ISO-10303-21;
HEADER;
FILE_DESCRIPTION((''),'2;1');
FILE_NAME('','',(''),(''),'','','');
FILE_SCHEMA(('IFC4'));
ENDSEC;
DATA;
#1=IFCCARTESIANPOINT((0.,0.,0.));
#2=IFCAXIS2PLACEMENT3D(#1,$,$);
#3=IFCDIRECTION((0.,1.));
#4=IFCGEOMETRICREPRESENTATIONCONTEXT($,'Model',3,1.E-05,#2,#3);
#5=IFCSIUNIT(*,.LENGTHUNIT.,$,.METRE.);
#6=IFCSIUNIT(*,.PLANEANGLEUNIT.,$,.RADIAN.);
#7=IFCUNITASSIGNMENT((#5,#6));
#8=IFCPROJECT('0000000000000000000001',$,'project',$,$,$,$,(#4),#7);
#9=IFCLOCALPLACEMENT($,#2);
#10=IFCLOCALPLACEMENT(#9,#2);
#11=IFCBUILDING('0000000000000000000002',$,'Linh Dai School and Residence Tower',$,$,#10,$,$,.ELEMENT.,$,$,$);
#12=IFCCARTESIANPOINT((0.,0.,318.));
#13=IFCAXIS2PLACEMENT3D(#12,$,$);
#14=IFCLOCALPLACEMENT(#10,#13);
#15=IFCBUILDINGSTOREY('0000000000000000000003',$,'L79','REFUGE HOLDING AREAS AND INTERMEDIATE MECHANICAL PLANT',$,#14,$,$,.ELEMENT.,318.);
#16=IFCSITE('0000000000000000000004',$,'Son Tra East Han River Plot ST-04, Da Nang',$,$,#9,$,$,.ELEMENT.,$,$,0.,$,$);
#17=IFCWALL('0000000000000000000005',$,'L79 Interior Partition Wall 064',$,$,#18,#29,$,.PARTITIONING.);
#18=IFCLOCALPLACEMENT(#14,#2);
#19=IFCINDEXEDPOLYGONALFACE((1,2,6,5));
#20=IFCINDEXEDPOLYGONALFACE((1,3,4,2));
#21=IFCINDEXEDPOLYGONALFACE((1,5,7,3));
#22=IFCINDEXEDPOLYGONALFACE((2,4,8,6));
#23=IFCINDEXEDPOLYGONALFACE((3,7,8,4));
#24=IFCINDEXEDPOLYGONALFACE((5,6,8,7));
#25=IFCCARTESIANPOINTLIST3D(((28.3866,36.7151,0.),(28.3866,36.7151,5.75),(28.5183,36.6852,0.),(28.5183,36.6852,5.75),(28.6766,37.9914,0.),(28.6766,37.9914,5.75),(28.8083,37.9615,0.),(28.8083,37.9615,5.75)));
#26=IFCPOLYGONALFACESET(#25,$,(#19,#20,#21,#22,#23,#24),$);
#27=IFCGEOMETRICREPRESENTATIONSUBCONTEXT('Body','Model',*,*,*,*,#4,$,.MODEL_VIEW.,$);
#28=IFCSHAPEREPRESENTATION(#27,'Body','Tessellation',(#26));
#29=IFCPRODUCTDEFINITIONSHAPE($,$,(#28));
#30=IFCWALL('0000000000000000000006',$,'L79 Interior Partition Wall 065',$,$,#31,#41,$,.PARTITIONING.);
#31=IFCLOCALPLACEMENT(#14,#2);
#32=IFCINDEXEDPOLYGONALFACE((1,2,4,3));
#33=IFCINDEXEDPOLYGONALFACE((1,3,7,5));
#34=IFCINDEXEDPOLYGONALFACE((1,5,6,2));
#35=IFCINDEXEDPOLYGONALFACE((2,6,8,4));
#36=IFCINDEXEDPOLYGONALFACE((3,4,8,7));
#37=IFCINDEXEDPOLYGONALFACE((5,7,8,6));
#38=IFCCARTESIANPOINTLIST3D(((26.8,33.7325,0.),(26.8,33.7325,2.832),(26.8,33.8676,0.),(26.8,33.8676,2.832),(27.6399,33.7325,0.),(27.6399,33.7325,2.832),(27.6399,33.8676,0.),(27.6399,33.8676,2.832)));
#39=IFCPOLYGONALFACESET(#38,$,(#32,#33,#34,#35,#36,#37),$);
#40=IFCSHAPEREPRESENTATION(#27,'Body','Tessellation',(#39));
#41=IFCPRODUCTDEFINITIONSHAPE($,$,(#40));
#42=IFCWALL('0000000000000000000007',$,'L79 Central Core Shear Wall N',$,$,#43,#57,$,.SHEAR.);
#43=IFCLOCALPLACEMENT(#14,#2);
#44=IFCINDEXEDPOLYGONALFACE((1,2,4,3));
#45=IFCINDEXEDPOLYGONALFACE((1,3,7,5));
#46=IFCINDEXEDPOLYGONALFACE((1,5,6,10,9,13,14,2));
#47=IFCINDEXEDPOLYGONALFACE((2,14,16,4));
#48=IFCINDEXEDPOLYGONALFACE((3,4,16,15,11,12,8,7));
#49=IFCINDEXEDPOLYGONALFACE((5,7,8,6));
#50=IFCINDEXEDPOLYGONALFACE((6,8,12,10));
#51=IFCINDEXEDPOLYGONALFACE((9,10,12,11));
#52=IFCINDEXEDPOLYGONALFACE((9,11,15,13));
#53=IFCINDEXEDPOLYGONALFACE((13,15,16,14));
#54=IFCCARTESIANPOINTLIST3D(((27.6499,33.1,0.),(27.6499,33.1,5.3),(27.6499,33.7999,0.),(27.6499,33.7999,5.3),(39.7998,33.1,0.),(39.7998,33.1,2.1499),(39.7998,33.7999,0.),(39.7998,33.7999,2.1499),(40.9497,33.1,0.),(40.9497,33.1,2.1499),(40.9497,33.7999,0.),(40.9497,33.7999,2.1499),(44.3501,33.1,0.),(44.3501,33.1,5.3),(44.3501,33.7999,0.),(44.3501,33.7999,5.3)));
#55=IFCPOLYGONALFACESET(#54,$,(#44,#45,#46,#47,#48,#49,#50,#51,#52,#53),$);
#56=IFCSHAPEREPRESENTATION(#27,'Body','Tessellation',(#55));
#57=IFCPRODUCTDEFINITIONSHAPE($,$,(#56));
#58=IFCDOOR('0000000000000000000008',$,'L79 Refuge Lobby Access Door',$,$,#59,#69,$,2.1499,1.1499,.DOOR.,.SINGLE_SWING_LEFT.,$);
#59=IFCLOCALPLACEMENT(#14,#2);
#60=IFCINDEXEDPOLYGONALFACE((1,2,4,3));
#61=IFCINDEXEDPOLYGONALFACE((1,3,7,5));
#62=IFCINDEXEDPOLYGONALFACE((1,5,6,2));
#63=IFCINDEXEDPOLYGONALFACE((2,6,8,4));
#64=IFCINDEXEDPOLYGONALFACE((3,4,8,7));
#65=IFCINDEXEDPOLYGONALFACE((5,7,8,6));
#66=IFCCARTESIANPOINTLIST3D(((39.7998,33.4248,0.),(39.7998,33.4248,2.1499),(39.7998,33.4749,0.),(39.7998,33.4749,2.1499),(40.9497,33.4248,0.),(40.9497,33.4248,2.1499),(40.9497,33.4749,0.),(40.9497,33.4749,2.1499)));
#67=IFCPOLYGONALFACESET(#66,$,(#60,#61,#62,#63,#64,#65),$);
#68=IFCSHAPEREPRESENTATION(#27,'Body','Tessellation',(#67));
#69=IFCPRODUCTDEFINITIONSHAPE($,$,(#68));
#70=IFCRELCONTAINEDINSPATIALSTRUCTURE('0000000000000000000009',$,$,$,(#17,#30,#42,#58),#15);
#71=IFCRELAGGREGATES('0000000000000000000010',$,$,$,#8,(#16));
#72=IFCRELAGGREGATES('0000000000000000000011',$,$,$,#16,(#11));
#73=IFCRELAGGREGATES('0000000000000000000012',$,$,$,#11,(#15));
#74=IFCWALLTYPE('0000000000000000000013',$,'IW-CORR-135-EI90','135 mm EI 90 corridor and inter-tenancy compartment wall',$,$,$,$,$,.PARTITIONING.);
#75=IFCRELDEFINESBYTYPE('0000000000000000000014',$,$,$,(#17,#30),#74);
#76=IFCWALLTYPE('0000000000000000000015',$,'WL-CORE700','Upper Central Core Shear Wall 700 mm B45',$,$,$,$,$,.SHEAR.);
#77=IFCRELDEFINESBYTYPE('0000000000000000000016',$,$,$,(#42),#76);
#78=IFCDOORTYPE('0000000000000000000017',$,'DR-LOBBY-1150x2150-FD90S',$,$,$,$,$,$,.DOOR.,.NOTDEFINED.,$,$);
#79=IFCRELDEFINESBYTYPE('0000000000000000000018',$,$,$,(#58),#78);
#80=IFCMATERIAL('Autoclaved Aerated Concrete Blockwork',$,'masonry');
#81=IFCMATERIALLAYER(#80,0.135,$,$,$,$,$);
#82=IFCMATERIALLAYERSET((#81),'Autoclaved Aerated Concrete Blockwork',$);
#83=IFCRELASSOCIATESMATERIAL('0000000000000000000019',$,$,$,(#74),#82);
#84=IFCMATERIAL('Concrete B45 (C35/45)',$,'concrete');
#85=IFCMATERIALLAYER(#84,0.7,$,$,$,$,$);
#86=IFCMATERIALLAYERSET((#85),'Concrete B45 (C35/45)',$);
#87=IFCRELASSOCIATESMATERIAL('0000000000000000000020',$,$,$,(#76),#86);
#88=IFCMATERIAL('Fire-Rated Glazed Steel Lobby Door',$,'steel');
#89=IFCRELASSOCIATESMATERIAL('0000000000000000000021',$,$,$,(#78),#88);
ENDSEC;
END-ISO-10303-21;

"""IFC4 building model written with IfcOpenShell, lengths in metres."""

from ifc_helpers import new_model, si_unit, direction, frame, frame_2d, origin, origin_2d, place, context, subcontext, project, spatial, rectangle, extrude, source, transform, mapped, material, layer, layer_set, type_object, element, fill, save


model = new_model("IFC4")

# Units and contexts
model_context = context("Model", 3, precision=1e-05, world=origin(), true_north=direction((0.0, 1.0)))
body_context = subcontext(model_context, "Body", "Model", "MODEL_VIEW")
ifc_project = project(units=[si_unit("LENGTHUNIT", "METRE"), si_unit("PLANEANGLEUNIT", "RADIAN")], contexts=[model_context])

# Site, building, storey
site_placement = place(None, origin())
site = spatial("IfcSite", under=ifc_project, at=site_placement, Name="Son Tra East Han River Plot ST-04, Da Nang", CompositionType="ELEMENT", RefElevation=0.0)
building_placement = place(site_placement, origin())
building = spatial("IfcBuilding", under=site, at=building_placement, Name="Linh Dai School and Residence Tower", CompositionType="ELEMENT")
storey_placement = place(building_placement, frame((0.0, 0.0, 318.0)))
storey = spatial("IfcBuildingStorey", under=building, at=storey_placement, Name="L79", Description="REFUGE HOLDING AREAS AND INTERMEDIATE MECHANICAL PLANT", CompositionType="ELEMENT", Elevation=318.0)

# Walls
ifc_material_1 = material(Name="Autoclaved Aerated Concrete Blockwork", Category="masonry")
ifc_layer_1 = layer(ifc_material_1, 0.135)
ifc_layer_set_1 = layer_set([ifc_layer_1], Name="Autoclaved Aerated Concrete Blockwork")
wall_type_1 = type_object("IfcWallType", Name="IW-CORR-135-EI90", Description="135 mm EI 90 corridor and inter-tenancy compartment wall", PredefinedType="PARTITIONING", material=ifc_layer_set_1)
wall_1_placement = place(storey_placement, frame((28.7424, 37.9763, 0.0), z_axis=(0.0, 0.0, 1.0), x_axis=(-0.221589, -0.97514, 0.0)))
element("IfcWall", 1, at=wall_1_placement, inside=storey, type_object=wall_type_1, Name="L79 Interior Partition Wall 064", PredefinedType="PARTITIONING", context=body_context, shape_type="SweptSolid", body=[
    extrude(rectangle(XDim=1.3088, YDim=0.135, at=frame_2d((0.6543, 0.0))), origin(), (0.0, 0.0, 1.0), 5.75),
])
wall_2_placement = place(storey_placement, frame((27.6399, 33.8, 0.0), z_axis=(0.0, 0.0, 1.0), x_axis=(-1.0, 0.0, 0.0)))
element("IfcWall", 2, at=wall_2_placement, inside=storey, type_object=wall_type_1, Name="L79 Interior Partition Wall 065", PredefinedType="PARTITIONING", context=body_context, shape_type="SweptSolid", body=[
    extrude(rectangle(XDim=0.8398, YDim=0.135, at=frame_2d((0.4199, 0.0))), origin(), (0.0, 0.0, 1.0), 2.832),
])

# Wall, opening, door
ifc_material_2 = material(Name="Concrete B45 (C35/45)", Category="concrete")
ifc_layer_2 = layer(ifc_material_2, 0.7)
ifc_layer_set_2 = layer_set([ifc_layer_2], Name="Concrete B45 (C35/45)")
wall_type_2 = type_object("IfcWallType", Name="WL-CORE700", Description="Upper Central Core Shear Wall 700 mm B45", PredefinedType="SHEAR", material=ifc_layer_set_2)
wall_3_placement = place(storey_placement, frame((27.6499, 33.45, 0.0), z_axis=(0.0, 0.0, 1.0), x_axis=(1.0, 0.0, 0.0)))
wall_3 = element("IfcWall", 3, at=wall_3_placement, inside=storey, type_object=wall_type_2, Name="L79 Central Core Shear Wall N", PredefinedType="SHEAR", context=body_context, shape_type="SweptSolid", body=[
    extrude(rectangle(XDim=16.7002, YDim=0.7, at=frame_2d((8.3501, 0.0))), origin(), (0.0, 0.0, 1.0), 5.3),
])
opening_1_placement = place(wall_3_placement, frame((12.1499, 0.0, 0.0)))
opening_1 = element("IfcOpeningElement", 4, at=opening_1_placement, cuts=wall_3, PredefinedType="OPENING", context=body_context, shape_type="SweptSolid", body=[
    extrude(rectangle(XDim=1.1499, YDim=2.1499, at=origin_2d()), frame((0.575, 0.3599, 1.075), z_axis=(0.0, -1.0, 0.0), x_axis=(1.0, 0.0, 0.0)), (0.0, 0.0, 1.0), 0.72),
])
ifc_material_3 = material(Name="Fire-Rated Glazed Steel Lobby Door", Category="steel")
door_type_1 = type_object("IfcDoorType", Name="DR-LOBBY-1150x2150-FD90S", OperationType="NOTDEFINED", PredefinedType="DOOR", material=ifc_material_3)
shared_shape_1 = source(origin(), body_context, "Body", "SweptSolid", [
    extrude(rectangle(XDim=1.1499, YDim=2.1499, at=origin_2d()), frame((0.575, 0.0249, 1.075), z_axis=(0.0, -1.0, 0.0), x_axis=(1.0, 0.0, 0.0)), (0.0, 0.0, 1.0), 0.05),
])
door_1_placement = place(opening_1_placement, origin())
door_1 = element("IfcDoor", 5, at=door_1_placement, inside=storey, type_object=door_type_1, Name="L79 Refuge Lobby Access Door", OperationType="SINGLE_SWING_LEFT", OverallHeight=2.1499, OverallWidth=1.1499, PredefinedType="DOOR", context=body_context, shape_type="MappedRepresentation", body=[
    mapped(shared_shape_1, transform((0.0, 0.0, 0.0), x_axis=(1.0, 0.0, 0.0), y_axis=(0.0, 1.0, 0.0), z_axis=(0.0, 0.0, 1.0), scale=1.0)),
])
fill(opening_1, door_1)

save(model, "model.ifc")
